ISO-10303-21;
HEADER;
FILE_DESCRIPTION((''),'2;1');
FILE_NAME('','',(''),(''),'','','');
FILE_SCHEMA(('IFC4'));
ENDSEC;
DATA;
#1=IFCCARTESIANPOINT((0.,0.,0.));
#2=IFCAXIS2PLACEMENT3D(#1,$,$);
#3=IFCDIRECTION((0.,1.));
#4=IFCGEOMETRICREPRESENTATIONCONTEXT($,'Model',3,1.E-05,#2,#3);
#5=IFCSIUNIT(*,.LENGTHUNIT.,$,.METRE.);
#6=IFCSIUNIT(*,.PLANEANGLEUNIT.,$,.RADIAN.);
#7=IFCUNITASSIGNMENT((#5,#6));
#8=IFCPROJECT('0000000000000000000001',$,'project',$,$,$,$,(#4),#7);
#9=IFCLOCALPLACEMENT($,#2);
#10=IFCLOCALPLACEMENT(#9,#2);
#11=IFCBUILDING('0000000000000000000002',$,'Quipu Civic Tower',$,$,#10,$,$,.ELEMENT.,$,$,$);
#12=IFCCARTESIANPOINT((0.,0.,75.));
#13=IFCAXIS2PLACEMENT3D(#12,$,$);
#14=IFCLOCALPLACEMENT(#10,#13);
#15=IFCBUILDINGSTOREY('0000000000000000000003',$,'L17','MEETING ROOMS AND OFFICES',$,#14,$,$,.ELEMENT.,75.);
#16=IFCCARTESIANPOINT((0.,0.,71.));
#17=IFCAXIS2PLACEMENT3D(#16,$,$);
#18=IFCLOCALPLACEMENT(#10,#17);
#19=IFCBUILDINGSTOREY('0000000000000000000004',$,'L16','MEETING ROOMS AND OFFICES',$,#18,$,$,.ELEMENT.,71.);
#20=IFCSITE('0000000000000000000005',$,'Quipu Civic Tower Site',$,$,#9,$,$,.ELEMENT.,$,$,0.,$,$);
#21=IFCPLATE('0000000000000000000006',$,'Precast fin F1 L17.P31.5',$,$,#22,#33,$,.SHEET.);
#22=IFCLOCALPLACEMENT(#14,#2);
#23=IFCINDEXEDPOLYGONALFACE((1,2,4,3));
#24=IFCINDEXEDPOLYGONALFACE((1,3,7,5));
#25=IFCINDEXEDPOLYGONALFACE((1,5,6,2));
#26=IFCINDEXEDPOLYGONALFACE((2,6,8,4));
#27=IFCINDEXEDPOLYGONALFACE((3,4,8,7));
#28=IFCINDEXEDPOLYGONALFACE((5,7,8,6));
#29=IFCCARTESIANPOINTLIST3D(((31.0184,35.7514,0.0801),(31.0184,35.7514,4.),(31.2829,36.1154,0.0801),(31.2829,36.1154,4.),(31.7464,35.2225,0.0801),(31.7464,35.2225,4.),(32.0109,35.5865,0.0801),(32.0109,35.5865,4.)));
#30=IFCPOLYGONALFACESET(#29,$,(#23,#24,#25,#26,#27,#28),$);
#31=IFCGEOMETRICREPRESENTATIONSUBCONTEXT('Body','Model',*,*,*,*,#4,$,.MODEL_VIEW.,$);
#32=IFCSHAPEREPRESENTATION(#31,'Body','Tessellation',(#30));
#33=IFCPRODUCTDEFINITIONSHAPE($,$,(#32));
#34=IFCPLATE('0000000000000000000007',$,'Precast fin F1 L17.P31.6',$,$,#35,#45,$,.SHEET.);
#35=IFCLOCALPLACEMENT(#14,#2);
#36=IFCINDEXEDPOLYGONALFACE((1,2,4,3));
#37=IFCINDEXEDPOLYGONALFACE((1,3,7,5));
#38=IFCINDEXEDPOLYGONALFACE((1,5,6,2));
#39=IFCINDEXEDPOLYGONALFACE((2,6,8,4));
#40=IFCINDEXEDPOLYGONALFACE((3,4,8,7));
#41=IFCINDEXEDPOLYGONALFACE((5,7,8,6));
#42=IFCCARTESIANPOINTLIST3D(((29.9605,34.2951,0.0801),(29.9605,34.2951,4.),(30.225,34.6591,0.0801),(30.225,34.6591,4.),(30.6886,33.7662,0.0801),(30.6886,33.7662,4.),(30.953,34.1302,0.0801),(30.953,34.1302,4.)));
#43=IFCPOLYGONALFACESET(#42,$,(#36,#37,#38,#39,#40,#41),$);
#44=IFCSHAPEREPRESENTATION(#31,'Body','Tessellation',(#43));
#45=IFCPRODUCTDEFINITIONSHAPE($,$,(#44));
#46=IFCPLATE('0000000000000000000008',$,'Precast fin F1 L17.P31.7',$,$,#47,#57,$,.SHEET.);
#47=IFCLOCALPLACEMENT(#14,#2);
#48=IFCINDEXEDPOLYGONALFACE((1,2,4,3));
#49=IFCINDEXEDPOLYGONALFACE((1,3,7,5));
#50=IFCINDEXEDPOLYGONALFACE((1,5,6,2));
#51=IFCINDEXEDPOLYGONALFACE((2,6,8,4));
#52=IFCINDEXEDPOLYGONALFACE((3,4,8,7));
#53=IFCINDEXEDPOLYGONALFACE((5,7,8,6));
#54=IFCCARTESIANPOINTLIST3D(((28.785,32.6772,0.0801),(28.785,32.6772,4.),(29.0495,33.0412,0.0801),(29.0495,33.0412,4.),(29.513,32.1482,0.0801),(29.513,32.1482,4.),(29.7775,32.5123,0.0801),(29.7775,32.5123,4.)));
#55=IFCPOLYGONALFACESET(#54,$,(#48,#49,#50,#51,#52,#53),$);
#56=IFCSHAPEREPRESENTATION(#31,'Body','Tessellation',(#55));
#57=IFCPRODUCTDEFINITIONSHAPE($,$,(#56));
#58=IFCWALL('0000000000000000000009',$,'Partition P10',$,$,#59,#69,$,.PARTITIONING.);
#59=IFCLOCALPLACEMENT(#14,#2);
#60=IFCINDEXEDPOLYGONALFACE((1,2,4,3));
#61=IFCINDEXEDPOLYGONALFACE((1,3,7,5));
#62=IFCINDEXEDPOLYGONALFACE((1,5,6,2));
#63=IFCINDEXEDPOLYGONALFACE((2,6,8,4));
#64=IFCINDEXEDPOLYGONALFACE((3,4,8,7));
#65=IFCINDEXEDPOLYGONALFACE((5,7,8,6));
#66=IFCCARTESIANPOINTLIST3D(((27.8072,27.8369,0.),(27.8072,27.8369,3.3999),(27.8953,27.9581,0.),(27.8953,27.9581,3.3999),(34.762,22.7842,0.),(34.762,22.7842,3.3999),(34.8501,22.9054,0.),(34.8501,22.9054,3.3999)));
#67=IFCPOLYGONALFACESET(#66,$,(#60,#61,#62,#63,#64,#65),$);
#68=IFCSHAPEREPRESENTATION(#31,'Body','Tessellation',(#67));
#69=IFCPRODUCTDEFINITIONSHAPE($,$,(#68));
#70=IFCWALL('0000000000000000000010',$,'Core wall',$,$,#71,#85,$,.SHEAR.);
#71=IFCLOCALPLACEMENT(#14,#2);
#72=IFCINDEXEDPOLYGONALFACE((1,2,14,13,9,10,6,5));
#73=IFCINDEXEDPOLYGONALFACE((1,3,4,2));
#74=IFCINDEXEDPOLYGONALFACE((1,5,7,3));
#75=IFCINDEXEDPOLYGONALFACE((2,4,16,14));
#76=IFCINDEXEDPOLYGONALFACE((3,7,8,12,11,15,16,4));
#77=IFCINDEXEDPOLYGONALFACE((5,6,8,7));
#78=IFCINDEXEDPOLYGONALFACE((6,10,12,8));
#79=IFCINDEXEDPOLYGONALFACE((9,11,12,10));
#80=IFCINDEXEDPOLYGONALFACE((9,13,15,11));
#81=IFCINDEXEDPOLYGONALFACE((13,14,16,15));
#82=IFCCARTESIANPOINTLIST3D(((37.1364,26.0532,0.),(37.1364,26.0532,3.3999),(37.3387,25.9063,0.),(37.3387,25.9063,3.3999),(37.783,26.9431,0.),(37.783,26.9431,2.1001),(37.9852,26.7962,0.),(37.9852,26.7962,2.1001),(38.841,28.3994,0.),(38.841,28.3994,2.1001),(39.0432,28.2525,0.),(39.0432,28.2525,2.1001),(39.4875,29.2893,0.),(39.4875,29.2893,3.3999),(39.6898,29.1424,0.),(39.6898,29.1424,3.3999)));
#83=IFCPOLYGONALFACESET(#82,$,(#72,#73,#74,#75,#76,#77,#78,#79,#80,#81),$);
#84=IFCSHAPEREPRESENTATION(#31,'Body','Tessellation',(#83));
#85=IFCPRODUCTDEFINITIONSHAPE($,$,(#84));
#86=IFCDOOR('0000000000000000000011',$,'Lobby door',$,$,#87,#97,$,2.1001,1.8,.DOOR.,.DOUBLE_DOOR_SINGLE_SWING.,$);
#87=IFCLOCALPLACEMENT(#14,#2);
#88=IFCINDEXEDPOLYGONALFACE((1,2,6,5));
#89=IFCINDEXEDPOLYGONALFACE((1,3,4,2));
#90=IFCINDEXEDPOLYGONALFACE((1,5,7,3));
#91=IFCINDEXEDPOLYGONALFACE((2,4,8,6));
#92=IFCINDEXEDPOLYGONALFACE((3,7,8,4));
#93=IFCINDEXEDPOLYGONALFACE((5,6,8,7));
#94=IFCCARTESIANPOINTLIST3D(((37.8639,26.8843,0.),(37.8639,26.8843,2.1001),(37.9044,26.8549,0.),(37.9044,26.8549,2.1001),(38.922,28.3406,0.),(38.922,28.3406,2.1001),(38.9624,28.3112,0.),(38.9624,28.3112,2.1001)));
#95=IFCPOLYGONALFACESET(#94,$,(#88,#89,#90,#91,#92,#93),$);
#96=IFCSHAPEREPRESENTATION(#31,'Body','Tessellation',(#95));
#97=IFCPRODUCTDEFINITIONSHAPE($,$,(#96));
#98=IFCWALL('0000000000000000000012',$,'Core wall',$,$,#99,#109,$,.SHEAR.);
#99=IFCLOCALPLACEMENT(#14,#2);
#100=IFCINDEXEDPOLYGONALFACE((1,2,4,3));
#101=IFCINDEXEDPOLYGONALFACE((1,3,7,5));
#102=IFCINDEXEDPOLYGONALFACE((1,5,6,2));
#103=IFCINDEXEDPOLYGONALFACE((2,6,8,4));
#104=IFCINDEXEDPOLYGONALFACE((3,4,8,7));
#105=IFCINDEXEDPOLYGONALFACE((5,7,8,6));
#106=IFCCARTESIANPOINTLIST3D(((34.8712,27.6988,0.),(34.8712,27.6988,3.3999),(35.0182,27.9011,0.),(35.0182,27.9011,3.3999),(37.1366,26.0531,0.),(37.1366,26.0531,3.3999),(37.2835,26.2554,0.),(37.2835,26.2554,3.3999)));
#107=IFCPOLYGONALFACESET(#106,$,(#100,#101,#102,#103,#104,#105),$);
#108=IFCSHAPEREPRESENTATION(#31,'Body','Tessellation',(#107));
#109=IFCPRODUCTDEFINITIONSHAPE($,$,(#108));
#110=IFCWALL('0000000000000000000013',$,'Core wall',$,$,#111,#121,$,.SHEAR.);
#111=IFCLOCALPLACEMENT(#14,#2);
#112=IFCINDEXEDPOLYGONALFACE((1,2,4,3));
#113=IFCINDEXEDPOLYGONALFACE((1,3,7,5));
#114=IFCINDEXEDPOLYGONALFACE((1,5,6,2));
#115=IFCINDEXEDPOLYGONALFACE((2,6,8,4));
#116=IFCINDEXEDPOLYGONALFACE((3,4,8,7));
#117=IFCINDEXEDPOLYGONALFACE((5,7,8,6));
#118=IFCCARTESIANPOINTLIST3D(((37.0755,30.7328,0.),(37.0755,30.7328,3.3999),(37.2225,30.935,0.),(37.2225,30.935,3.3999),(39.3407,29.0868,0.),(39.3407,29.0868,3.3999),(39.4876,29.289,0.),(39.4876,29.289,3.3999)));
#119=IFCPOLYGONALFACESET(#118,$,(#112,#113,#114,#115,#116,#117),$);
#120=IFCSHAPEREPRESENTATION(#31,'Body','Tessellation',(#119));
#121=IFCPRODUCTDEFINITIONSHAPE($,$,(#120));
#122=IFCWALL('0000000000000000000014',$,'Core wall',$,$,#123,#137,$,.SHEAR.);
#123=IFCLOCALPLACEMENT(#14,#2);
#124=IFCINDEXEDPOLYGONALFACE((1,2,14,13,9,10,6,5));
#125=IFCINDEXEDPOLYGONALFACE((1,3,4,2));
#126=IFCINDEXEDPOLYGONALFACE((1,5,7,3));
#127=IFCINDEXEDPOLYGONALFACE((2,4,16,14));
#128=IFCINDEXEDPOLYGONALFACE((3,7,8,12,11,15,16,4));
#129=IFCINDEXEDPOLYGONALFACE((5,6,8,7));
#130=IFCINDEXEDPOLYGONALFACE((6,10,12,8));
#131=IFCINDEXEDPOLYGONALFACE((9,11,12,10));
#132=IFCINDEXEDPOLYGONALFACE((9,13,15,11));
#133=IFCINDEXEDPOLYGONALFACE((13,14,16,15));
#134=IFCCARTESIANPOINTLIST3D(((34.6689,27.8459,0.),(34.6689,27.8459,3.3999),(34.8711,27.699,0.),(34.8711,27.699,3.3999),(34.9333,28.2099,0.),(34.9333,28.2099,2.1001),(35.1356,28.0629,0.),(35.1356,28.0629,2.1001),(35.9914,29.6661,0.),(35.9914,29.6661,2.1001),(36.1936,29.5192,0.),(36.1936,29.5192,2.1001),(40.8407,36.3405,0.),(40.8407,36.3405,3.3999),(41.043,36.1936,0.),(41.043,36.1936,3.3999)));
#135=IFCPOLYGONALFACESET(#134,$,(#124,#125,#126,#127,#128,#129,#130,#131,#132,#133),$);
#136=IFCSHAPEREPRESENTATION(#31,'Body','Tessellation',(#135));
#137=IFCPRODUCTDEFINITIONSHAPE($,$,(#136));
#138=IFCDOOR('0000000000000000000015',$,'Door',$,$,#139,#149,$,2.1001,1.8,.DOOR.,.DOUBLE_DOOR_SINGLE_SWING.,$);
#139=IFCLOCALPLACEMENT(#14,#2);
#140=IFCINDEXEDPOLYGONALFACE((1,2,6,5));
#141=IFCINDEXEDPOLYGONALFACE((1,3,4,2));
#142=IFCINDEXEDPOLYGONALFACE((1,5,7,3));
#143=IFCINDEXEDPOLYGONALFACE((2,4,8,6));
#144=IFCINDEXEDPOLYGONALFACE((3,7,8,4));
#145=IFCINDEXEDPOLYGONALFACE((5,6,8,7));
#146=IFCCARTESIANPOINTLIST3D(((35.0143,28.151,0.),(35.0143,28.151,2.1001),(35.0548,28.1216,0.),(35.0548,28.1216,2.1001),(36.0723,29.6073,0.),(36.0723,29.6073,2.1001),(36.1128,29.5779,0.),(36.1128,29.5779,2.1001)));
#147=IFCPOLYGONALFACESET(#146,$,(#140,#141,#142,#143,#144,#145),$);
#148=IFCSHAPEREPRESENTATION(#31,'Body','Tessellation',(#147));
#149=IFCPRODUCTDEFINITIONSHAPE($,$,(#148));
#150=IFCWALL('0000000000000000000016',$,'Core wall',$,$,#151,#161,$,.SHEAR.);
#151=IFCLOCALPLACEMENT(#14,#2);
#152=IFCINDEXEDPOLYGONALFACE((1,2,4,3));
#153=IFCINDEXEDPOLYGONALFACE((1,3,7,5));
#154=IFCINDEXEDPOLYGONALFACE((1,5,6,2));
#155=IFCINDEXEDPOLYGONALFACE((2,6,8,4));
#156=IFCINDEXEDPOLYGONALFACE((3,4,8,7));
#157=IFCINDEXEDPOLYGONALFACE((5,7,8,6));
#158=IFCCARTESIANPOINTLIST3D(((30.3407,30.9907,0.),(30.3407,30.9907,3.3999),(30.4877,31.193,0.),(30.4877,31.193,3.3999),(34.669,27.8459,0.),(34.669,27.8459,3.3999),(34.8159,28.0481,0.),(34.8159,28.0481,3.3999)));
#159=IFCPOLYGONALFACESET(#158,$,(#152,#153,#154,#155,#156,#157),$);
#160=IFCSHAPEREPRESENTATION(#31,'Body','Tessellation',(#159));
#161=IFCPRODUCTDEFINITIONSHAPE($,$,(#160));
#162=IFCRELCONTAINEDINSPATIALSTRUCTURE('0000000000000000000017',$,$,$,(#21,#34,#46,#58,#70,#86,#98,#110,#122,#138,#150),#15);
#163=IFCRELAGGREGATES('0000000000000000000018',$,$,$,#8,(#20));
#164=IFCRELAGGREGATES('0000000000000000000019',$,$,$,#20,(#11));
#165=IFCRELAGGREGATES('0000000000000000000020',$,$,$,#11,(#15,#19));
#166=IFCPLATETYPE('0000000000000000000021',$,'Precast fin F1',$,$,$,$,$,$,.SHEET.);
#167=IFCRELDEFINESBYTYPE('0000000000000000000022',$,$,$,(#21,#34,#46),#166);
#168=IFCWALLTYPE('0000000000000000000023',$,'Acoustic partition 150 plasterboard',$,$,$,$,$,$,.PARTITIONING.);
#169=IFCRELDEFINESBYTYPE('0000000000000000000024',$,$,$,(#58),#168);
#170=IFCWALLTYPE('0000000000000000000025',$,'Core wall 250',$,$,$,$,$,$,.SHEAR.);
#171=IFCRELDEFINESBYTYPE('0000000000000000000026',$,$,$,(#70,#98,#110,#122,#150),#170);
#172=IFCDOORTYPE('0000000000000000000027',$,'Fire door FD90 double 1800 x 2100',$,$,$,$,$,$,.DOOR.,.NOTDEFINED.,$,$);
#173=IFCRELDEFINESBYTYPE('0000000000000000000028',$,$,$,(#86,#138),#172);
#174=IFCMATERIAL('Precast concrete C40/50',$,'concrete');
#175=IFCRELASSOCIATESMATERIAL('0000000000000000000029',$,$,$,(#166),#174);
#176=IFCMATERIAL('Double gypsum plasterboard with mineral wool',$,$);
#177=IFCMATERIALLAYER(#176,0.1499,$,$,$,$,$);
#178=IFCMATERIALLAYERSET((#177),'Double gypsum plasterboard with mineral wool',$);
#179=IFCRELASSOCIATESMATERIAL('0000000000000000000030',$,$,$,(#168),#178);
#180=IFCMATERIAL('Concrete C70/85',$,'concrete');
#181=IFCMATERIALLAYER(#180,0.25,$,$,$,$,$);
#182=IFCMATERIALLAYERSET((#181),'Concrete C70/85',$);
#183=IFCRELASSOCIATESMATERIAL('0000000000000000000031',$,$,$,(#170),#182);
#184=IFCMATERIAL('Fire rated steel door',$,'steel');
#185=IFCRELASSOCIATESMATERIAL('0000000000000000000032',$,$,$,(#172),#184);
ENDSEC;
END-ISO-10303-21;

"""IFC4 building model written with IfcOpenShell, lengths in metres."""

from ifc_helpers import new_model, si_unit, direction, frame, frame_2d, origin, origin_2d, place, context, subcontext, project, spatial, rectangle, extrude, material, layer, layer_set, type_object, element, fill, save


model = new_model("IFC4")

# Units and contexts
model_context = context("Model", 3, precision=1e-05, world=origin(), true_north=direction((0.0, 1.0)))
body_context = subcontext(model_context, "Body", "Model", "MODEL_VIEW")
ifc_project = project(units=[si_unit("LENGTHUNIT", "METRE"), si_unit("PLANEANGLEUNIT", "RADIAN")], contexts=[model_context])

# Site, building, storey
site_placement = place(None, origin())
site = spatial("IfcSite", under=ifc_project, at=site_placement, Name="Quipu Civic Tower Site", CompositionType="ELEMENT", RefElevation=0.0)
building_placement = place(site_placement, origin())
building = spatial("IfcBuilding", under=site, at=building_placement, Name="Quipu Civic Tower", CompositionType="ELEMENT")
storey_1_placement = place(building_placement, frame((0.0, 0.0, 75.0)))
storey_1 = spatial("IfcBuildingStorey", under=building, at=storey_1_placement, Name="L17", Description="MEETING ROOMS AND OFFICES", CompositionType="ELEMENT", Elevation=75.0)

# Shared definitions
storey_2_placement = place(building_placement, frame((0.0, 0.0, 71.0)))
storey_2 = spatial("IfcBuildingStorey", under=building, at=storey_2_placement, Name="L16", Description="MEETING ROOMS AND OFFICES", CompositionType="ELEMENT", Elevation=71.0)

# Plates
ifc_material_1 = material(Name="Precast concrete C40/50", Category="concrete")
plate_type_1 = type_object("IfcPlateType", Name="Precast fin F1", PredefinedType="SHEET", material=ifc_material_1)
for number, where, z_axis, x_axis, name in (
    (1, (31.5146, 35.6689, 0.0801), (0.0, 0.0, 1.0), (-0.587785, -0.809017, 0.0), "Precast fin F1 L17.P31.5"),
    (2, (30.4568, 34.2126, 0.0801), (0.0, 0.0, 1.0), (-0.587785, -0.809017, 0.0), "Precast fin F1 L17.P31.6"),
    (3, (29.2812, 32.5947, 0.0801), (0.0, 0.0, 1.0), (-0.587785, -0.809017, 0.0), "Precast fin F1 L17.P31.7"),
):
    element("IfcPlate", number, at=place(storey_1_placement, frame(where, z_axis=z_axis, x_axis=x_axis)), inside=storey_1, type_object=plate_type_1, Name=name, PredefinedType="SHEET", context=body_context, shape_type="SweptSolid", body=[
        extrude(rectangle(XDim=0.45, YDim=0.8999, at=origin_2d()), origin(), (0.0, 0.0, 1.0), 3.9199),
    ])

# Wall
ifc_material_2 = material(Name="Double gypsum plasterboard with mineral wool")
ifc_layer_1 = layer(ifc_material_2, 0.1499)
ifc_layer_set_1 = layer_set([ifc_layer_1], Name="Double gypsum plasterboard with mineral wool")
wall_type_1 = type_object("IfcWallType", Name="Acoustic partition 150 plasterboard", PredefinedType="PARTITIONING", material=ifc_layer_set_1)
wall_1_placement = place(storey_1_placement, frame((34.8062, 22.8447, 0.0), z_axis=(0.0, 0.0, 1.0), x_axis=(-0.809031, 0.587766, 0.0)))
element("IfcWall", 4, at=wall_1_placement, inside=storey_1, type_object=wall_type_1, Name="Partition P10", PredefinedType="PARTITIONING", context=body_context, shape_type="SweptSolid", body=[
    extrude(rectangle(XDim=8.5964, YDim=0.1499, at=frame_2d((4.2983, 0.0))), origin(), (0.0, 0.0, 1.0), 3.3999),
])

# Wall, opening, door
ifc_material_3 = material(Name="Concrete C70/85", Category="concrete")
ifc_layer_2 = layer(ifc_material_3, 0.25)
ifc_layer_set_2 = layer_set([ifc_layer_2], Name="Concrete C70/85")
wall_type_2 = type_object("IfcWallType", Name="Core wall 250", PredefinedType="SHEAR", material=ifc_layer_set_2)
wall_2_placement = place(storey_1_placement, frame((37.2375, 25.9797, 0.0), z_axis=(0.0, 0.0, 1.0), x_axis=(0.587772, 0.809026, 0.0)))
wall_2 = element("IfcWall", 5, at=wall_2_placement, inside=storey_1, type_object=wall_type_2, Name="Core wall", PredefinedType="SHEAR", context=body_context, shape_type="SweptSolid", body=[
    extrude(rectangle(XDim=4.0, YDim=0.25, at=frame_2d((2.0, 0.0))), origin(), (0.0, 0.0, 1.0), 3.3999),
])
opening_1_placement = place(wall_2_placement, frame((1.1001, 0.0, 0.0)))
opening_1 = element("IfcOpeningElement", 6, at=opening_1_placement, cuts=wall_2, PredefinedType="OPENING", context=body_context, shape_type="SweptSolid", body=[
    extrude(rectangle(XDim=1.8, YDim=2.1001, at=frame_2d((0.8999, 1.05))), frame((0.0, 0.135, 0.0), z_axis=(0.0, -1.0, 0.0), x_axis=(1.0, 0.0, 0.0)), (0.0, 0.0, 1.0), 0.27),
])
ifc_material_4 = material(Name="Fire rated steel door", Category="steel")
door_type_1 = type_object("IfcDoorType", Name="Fire door FD90 double 1800 x 2100", OperationType="NOTDEFINED", PredefinedType="DOOR", material=ifc_material_4)
door_1_placement = place(opening_1_placement, origin())
door_1 = element("IfcDoor", 7, at=door_1_placement, inside=storey_1, type_object=door_type_1, Name="Lobby door", OperationType="DOUBLE_DOOR_SINGLE_SWING", OverallHeight=2.1001, OverallWidth=1.8, PredefinedType="DOOR", context=body_context, shape_type="SweptSolid", body=[
    extrude(rectangle(XDim=1.8, YDim=2.1001, at=frame_2d((0.8999, 1.05))), frame((0.0, 0.0249, 0.0), z_axis=(0.0, -1.0, 0.0), x_axis=(1.0, 0.0, 0.0)), (0.0, 0.0, 1.0), 0.05),
])
fill(opening_1, door_1)

# Walls
for number, where, z_axis, x_axis, name in (
    (8, (37.21, 26.1543, 0.0), (0.0, 0.0, 1.0), (-0.809041, 0.587752, 0.0), "Core wall"),
    (9, (39.4141, 29.188, 0.0), (0.0, 0.0, 1.0), (-0.80897, 0.58785, 0.0), "Core wall"),
):
    element("IfcWall", number, at=place(storey_1_placement, frame(where, z_axis=z_axis, x_axis=x_axis)), inside=storey_1, type_object=wall_type_2, Name=name, PredefinedType="SHEAR", context=body_context, shape_type="SweptSolid", body=[
        extrude(rectangle(XDim=2.8, YDim=0.25, at=frame_2d((1.3999, 0.0))), origin(), (0.0, 0.0, 1.0), 3.3999),
    ])

# Wall, opening, door
wall_3_placement = place(storey_1_placement, frame((34.77, 27.7725, 0.0), z_axis=(0.0, 0.0, 1.0), x_axis=(0.587796, 0.809009, 0.0)))
wall_3 = element("IfcWall", 10, at=wall_3_placement, inside=storey_1, type_object=wall_type_2, Name="Core wall", PredefinedType="SHEAR", context=body_context, shape_type="SweptSolid", body=[
    extrude(rectangle(XDim=10.5, YDim=0.25, at=frame_2d((5.25, 0.0))), origin(), (0.0, 0.0, 1.0), 3.3999),
])
opening_2_placement = place(wall_3_placement, frame((0.45, 0.0, 0.0)))
opening_2 = element("IfcOpeningElement", 11, at=opening_2_placement, cuts=wall_3, PredefinedType="OPENING", context=body_context, shape_type="SweptSolid", body=[
    extrude(rectangle(XDim=1.8, YDim=2.1001, at=frame_2d((0.8999, 1.05))), frame((0.0, 0.135, 0.0), z_axis=(0.0, -1.0, 0.0), x_axis=(1.0, 0.0, 0.0)), (0.0, 0.0, 1.0), 0.27),
])
door_2_placement = place(opening_2_placement, origin())
door_2 = element("IfcDoor", 12, at=door_2_placement, inside=storey_1, type_object=door_type_1, Name="Door", OperationType="DOUBLE_DOOR_SINGLE_SWING", OverallHeight=2.1001, OverallWidth=1.8, PredefinedType="DOOR", context=body_context, shape_type="SweptSolid", body=[
    extrude(rectangle(XDim=1.8, YDim=2.1001, at=frame_2d((0.8999, 1.05))), frame((0.0, 0.0249, 0.0), z_axis=(0.0, -1.0, 0.0), x_axis=(1.0, 0.0, 0.0)), (0.0, 0.0, 1.0), 0.05),
])
fill(opening_2, door_2)

# Wall
wall_4_placement = place(storey_1_placement, frame((34.7424, 27.947, 0.0), z_axis=(0.0, 0.0, 1.0), x_axis=(-0.808998, 0.587811, 0.0)))
element("IfcWall", 13, at=wall_4_placement, inside=storey_1, type_object=wall_type_2, Name="Core wall", PredefinedType="SHEAR", context=body_context, shape_type="SweptSolid", body=[
    extrude(rectangle(XDim=5.3501, YDim=0.25, at=frame_2d((2.675, 0.0))), origin(), (0.0, 0.0, 1.0), 3.3999),
])

save(model, "model.ifc")
